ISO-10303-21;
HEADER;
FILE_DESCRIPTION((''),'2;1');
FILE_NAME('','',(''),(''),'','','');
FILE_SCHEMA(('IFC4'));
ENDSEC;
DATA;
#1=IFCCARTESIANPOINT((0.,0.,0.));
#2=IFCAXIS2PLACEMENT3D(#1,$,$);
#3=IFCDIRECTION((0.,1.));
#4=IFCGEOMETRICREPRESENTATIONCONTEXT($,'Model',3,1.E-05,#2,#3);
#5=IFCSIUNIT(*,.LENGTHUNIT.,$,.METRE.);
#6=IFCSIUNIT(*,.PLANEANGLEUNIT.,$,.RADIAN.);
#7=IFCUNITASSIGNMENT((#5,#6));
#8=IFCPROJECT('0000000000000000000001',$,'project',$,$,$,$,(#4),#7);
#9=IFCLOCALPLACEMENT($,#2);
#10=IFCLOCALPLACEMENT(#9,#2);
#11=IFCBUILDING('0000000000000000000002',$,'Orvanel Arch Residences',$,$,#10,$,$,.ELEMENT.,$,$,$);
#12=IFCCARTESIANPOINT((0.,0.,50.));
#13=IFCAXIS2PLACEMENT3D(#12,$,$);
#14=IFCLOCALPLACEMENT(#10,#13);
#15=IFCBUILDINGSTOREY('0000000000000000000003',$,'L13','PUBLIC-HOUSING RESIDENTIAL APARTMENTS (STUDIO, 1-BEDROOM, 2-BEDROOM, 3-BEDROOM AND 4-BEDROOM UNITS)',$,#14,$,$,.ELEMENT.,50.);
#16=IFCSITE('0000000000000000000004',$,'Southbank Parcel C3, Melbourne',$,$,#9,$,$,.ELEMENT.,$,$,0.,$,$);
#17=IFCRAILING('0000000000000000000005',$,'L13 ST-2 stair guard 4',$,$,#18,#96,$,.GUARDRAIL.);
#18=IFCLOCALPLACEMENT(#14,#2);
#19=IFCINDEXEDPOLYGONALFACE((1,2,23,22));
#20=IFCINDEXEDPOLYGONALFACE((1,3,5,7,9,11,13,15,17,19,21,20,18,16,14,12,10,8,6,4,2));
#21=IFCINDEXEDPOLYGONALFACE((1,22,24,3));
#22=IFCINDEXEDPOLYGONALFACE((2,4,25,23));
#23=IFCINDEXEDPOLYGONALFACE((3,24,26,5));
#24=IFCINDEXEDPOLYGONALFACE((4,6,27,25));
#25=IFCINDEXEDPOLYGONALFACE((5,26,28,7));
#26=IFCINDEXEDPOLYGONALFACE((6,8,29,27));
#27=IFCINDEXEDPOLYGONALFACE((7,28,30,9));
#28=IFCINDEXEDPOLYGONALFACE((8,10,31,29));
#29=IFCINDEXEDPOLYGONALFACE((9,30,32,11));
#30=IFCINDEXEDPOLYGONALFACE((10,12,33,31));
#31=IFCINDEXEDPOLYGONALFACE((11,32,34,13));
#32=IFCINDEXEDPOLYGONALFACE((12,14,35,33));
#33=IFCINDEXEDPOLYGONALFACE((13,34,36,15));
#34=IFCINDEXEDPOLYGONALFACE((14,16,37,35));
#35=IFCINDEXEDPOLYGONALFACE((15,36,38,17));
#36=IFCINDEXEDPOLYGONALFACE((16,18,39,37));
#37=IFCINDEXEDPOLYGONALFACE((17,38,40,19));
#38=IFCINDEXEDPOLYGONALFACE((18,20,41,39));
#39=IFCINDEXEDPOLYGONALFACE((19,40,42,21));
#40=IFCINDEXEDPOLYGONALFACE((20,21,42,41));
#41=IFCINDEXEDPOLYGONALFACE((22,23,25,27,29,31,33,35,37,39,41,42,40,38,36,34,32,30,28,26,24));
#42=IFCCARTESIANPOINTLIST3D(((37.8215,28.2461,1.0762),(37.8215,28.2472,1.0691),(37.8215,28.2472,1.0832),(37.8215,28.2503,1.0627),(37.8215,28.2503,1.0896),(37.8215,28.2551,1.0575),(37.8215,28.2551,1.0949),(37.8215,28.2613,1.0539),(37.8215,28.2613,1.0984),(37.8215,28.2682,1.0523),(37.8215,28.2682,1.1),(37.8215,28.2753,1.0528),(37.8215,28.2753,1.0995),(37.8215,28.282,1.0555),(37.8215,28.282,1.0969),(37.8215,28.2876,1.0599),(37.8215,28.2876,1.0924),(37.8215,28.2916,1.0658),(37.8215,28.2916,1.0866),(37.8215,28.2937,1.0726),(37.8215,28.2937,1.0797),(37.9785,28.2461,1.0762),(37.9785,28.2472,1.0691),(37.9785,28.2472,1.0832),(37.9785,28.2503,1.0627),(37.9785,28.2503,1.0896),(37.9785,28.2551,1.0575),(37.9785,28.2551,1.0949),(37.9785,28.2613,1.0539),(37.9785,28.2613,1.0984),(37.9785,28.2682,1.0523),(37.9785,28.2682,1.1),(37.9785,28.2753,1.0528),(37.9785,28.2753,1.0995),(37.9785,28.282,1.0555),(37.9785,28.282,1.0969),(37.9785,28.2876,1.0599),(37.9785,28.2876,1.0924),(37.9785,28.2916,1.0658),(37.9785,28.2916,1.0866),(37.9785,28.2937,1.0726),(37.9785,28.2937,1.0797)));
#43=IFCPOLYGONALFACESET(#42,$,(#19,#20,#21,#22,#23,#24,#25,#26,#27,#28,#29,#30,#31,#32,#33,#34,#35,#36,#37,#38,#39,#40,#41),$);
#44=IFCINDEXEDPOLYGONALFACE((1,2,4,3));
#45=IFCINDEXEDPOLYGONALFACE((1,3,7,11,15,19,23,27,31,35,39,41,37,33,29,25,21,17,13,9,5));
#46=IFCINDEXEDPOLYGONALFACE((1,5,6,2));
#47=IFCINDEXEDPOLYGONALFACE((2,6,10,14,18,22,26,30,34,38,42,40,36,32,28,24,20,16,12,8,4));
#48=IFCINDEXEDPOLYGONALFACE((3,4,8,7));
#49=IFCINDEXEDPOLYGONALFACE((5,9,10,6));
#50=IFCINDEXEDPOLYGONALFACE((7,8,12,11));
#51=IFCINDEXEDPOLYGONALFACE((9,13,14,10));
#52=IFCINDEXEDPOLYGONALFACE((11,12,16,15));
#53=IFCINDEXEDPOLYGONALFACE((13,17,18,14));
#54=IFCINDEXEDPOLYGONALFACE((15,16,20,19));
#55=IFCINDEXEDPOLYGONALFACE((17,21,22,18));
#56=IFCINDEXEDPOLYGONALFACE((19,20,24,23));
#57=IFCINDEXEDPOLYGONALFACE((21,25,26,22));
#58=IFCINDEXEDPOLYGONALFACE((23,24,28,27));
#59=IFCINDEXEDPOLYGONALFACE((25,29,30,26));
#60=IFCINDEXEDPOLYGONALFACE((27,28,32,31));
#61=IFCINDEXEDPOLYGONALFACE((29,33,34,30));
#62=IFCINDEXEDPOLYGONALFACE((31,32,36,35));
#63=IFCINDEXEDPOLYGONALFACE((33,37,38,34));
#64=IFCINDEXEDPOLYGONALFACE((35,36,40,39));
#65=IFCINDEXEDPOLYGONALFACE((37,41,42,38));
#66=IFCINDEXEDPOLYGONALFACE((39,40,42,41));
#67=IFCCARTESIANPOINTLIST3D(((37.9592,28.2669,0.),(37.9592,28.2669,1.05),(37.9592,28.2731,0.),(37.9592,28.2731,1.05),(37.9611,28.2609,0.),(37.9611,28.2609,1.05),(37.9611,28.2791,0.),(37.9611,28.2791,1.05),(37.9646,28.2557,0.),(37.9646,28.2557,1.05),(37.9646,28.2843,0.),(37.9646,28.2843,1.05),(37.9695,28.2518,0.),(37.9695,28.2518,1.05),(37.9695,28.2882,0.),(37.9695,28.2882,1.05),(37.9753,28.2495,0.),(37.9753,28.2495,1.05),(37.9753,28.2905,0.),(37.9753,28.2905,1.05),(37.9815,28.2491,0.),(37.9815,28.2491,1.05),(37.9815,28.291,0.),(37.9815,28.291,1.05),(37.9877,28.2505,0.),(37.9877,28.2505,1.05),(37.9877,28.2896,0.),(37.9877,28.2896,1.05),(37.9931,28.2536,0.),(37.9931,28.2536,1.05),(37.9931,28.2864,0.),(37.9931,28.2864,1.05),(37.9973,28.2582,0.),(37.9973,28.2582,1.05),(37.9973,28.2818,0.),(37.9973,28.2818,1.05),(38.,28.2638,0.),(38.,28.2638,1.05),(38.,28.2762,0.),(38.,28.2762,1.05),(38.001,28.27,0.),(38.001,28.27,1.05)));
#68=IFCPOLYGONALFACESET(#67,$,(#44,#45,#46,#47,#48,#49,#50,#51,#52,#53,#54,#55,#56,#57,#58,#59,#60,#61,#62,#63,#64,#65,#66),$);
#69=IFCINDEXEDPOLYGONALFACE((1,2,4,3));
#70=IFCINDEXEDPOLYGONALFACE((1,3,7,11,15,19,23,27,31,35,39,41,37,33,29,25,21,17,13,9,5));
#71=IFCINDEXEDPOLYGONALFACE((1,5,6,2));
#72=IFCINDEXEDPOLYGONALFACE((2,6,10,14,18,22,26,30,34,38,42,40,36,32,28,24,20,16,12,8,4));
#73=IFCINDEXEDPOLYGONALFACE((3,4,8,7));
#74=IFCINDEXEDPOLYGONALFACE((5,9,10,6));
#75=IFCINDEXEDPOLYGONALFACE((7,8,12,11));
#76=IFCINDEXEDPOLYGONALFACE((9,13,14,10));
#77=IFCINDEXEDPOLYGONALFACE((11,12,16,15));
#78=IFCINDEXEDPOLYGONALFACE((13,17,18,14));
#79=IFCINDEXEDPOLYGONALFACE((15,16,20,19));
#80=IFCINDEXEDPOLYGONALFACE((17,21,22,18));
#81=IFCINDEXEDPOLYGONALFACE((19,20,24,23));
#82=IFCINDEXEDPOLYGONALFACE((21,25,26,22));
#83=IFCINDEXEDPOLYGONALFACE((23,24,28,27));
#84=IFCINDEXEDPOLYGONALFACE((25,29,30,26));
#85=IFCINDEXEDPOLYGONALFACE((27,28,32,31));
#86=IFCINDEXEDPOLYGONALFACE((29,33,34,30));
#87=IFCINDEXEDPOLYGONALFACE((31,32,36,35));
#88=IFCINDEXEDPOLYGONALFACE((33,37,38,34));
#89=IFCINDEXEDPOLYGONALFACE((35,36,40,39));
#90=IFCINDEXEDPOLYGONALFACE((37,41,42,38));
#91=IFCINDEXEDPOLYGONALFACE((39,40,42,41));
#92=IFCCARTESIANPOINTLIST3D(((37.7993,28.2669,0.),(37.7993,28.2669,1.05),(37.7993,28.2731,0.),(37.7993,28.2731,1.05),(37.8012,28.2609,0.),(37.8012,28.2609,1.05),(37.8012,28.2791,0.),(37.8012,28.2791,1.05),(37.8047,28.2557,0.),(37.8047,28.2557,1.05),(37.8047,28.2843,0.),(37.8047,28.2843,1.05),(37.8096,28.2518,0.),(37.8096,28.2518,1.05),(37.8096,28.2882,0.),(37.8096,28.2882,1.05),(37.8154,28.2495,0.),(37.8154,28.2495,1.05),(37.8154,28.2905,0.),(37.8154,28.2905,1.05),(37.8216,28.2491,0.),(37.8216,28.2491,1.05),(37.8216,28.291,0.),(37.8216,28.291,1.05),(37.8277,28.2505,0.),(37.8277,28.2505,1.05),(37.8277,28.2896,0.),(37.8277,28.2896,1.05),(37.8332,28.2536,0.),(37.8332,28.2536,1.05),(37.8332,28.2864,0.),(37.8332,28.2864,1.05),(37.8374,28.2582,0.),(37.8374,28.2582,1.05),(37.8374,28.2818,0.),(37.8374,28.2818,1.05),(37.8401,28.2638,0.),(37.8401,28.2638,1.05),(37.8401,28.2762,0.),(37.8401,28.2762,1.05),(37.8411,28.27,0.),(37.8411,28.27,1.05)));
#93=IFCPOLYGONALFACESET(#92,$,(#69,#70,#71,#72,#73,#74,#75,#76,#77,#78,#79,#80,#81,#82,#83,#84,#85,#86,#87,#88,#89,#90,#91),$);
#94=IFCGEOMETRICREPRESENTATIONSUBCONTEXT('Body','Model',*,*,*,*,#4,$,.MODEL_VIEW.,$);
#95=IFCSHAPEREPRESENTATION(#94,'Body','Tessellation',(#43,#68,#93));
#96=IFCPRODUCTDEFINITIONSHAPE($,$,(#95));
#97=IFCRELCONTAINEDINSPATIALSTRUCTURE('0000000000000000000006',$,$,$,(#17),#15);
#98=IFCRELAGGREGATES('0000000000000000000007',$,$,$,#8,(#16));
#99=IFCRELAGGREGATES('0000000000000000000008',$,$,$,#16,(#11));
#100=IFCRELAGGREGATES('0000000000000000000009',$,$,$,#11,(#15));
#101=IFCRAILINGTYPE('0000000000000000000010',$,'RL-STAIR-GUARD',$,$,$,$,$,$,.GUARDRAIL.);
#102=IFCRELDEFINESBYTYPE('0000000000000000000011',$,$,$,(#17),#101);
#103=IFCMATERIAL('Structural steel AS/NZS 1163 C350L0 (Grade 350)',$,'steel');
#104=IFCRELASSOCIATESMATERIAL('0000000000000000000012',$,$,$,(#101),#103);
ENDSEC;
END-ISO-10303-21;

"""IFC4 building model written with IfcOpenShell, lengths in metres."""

from ifc_helpers import new_model, si_unit, direction, frame, origin, origin_2d, place, context, subcontext, project, spatial, circle, extrude, material, type_object, element, save


model = new_model("IFC4")

# Units and contexts
model_context = context("Model", 3, precision=1e-05, world=origin(), true_north=direction((0.0, 1.0)))
body_context = subcontext(model_context, "Body", "Model", "MODEL_VIEW")
ifc_project = project(units=[si_unit("LENGTHUNIT", "METRE"), si_unit("PLANEANGLEUNIT", "RADIAN")], contexts=[model_context])

# Site, building, storey
site_placement = place(None, origin())
site = spatial("IfcSite", under=ifc_project, at=site_placement, Name="Southbank Parcel C3, Melbourne", CompositionType="ELEMENT", RefElevation=0.0)
building_placement = place(site_placement, origin())
building = spatial("IfcBuilding", under=site, at=building_placement, Name="Orvanel Arch Residences", CompositionType="ELEMENT")
storey_placement = place(building_placement, frame((0.0, 0.0, 50.0)))
storey = spatial("IfcBuildingStorey", under=building, at=storey_placement, Name="L13", Description="PUBLIC-HOUSING RESIDENTIAL APARTMENTS (STUDIO, 1-BEDROOM, 2-BEDROOM, 3-BEDROOM AND 4-BEDROOM UNITS)", CompositionType="ELEMENT", Elevation=50.0)

# Railing
ifc_material_1 = material(Name="Structural steel AS/NZS 1163 C350L0 (Grade 350)", Category="steel")
railing_type_1 = type_object("IfcRailingType", Name="RL-STAIR-GUARD", PredefinedType="GUARDRAIL", material=ifc_material_1)
railing_1_placement = place(storey_placement, frame((37.98, 28.27, 0.0)))
element("IfcRailing", 1, at=railing_1_placement, inside=storey, type_object=railing_type_1, Name="L13 ST-2 stair guard 4", PredefinedType="GUARDRAIL", context=body_context, shape_type="SweptSolid", body=[
    extrude(circle(Radius=0.0239, at=origin_2d()), frame((-0.0015, 0.0, 1.0762), z_axis=(-1.0, 0.0, 0.0), x_axis=(0.0, -1.0, 0.0)), (0.0, 0.0, 1.0), 0.157),
    extrude(circle(Radius=0.021, at=origin_2d()), origin(), (0.0, 0.0, 1.0), 1.05),
    extrude(circle(Radius=0.021, at=origin_2d()), frame((-0.1599, 0.0, 0.0)), (0.0, 0.0, 1.0), 1.05),
])

save(model, "model.ifc")
